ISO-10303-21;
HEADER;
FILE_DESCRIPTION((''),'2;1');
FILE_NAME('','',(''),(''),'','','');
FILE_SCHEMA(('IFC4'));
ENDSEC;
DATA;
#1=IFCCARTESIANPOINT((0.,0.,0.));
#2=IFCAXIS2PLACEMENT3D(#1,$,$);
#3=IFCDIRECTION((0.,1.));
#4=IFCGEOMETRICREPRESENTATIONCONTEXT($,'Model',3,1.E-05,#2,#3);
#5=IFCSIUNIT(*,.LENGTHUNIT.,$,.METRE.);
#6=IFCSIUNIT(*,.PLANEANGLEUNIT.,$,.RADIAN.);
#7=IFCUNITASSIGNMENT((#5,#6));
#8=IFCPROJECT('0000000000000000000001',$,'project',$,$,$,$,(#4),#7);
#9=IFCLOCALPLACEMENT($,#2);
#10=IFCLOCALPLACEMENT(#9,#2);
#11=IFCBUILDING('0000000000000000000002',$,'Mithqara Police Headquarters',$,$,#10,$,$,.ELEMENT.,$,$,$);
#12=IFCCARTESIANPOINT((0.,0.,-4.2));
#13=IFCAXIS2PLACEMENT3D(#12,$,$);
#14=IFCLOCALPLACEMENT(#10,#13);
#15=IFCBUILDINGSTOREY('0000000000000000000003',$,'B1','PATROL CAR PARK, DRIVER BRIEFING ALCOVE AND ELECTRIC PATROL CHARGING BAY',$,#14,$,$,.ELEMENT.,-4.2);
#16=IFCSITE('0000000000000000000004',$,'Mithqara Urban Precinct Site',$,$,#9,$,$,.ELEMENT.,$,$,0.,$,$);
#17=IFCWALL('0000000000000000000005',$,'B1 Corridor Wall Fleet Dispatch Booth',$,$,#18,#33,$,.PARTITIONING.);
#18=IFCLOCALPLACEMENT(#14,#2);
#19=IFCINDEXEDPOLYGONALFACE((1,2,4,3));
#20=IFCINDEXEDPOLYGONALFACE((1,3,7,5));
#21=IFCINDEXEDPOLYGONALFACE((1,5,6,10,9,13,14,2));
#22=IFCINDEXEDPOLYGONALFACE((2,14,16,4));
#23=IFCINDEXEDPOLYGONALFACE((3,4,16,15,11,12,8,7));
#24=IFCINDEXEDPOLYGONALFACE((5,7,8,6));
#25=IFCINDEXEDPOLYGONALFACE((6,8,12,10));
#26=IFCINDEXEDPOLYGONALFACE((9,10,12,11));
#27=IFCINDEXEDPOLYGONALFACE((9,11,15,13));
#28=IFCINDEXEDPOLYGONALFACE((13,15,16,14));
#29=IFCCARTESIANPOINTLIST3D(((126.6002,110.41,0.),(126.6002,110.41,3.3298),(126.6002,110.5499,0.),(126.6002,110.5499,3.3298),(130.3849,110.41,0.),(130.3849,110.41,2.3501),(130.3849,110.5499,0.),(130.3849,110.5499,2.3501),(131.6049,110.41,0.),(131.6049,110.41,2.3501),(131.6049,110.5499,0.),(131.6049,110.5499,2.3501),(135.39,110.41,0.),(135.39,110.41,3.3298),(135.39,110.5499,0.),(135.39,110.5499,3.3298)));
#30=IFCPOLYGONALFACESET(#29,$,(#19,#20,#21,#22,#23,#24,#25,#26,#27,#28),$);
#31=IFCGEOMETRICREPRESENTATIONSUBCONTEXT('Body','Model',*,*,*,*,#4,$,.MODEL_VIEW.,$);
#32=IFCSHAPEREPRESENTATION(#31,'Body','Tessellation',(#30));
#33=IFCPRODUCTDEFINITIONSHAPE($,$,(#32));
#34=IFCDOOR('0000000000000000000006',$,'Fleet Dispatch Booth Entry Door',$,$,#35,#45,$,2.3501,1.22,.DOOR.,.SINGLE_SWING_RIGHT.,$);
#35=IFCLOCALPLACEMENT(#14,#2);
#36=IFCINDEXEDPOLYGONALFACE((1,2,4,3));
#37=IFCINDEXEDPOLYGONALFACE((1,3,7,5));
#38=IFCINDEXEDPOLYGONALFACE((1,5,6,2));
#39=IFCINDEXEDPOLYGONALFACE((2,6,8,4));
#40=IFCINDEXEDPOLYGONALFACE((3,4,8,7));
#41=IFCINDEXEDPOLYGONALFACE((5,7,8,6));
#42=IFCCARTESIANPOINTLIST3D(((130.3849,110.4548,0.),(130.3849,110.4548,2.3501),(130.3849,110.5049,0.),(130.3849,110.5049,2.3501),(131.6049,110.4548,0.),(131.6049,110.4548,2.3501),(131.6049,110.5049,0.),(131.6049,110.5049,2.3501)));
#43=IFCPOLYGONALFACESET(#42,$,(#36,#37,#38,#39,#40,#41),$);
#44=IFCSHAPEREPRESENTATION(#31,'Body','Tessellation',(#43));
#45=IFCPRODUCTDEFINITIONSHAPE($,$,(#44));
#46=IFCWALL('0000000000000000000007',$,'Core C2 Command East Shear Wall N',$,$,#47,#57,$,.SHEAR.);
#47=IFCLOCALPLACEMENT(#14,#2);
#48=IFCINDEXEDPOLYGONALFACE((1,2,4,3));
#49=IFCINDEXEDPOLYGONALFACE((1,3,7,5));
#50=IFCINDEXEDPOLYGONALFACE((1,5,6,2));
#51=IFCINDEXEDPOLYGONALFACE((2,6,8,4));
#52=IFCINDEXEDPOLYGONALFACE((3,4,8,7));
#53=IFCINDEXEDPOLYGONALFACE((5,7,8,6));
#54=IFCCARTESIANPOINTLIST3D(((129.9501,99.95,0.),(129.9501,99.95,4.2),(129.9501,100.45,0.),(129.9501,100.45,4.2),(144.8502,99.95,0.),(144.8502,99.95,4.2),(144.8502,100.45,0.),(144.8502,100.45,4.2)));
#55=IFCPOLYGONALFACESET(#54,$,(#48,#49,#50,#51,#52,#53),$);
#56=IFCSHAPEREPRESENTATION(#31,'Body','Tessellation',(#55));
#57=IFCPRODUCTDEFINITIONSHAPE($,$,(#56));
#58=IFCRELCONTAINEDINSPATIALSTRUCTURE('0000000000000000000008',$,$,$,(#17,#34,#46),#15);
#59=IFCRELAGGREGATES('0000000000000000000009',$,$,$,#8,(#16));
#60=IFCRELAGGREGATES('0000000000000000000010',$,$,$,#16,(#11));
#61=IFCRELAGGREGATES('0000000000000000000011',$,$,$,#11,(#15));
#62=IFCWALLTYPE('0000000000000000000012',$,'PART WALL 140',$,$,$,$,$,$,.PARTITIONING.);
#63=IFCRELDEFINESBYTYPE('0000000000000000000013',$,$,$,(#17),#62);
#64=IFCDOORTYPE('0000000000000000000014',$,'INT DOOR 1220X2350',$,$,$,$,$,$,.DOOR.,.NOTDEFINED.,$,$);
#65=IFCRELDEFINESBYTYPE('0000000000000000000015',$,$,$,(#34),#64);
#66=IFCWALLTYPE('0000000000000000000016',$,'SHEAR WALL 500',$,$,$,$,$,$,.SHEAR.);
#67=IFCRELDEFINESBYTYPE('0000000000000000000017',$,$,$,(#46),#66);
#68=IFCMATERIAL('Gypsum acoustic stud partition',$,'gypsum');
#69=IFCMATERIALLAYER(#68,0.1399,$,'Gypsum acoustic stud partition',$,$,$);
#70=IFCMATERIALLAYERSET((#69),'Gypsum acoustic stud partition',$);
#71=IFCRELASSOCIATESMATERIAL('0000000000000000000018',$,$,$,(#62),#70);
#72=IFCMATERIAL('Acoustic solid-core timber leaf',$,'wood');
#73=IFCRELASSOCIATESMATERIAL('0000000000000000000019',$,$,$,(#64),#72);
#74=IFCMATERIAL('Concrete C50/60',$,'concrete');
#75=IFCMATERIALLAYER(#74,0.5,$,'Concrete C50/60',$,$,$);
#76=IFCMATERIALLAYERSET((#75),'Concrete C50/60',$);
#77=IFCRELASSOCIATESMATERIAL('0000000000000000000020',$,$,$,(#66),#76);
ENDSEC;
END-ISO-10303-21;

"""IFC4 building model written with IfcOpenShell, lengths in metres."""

from ifc_helpers import new_model, si_unit, direction, frame, frame_2d, origin, place, context, subcontext, project, spatial, rectangle, extrude, material, layer, layer_set, type_object, element, fill, save


model = new_model("IFC4")

# Units and contexts
model_context = context("Model", 3, precision=1e-05, world=origin(), true_north=direction((0.0, 1.0)))
body_context = subcontext(model_context, "Body", "Model", "MODEL_VIEW")
ifc_project = project(units=[si_unit("LENGTHUNIT", "METRE"), si_unit("PLANEANGLEUNIT", "RADIAN")], contexts=[model_context])

# Site, building, storey
site_placement = place(None, origin())
site = spatial("IfcSite", under=ifc_project, at=site_placement, Name="Mithqara Urban Precinct Site", CompositionType="ELEMENT", RefElevation=0.0)
building_placement = place(site_placement, origin())
building = spatial("IfcBuilding", under=site, at=building_placement, Name="Mithqara Police Headquarters", CompositionType="ELEMENT")
storey_placement = place(building_placement, frame((0.0, 0.0, -4.2)))
storey = spatial("IfcBuildingStorey", under=building, at=storey_placement, Name="B1", Description="PATROL CAR PARK, DRIVER BRIEFING ALCOVE AND ELECTRIC PATROL CHARGING BAY", CompositionType="ELEMENT", Elevation=-4.2)

# Shared definitions
ifc_material_1 = material(Name="Concrete C50/60", Category="concrete")

# Shared definitions
ifc_material_2 = material(Name="Gypsum acoustic stud partition", Category="gypsum")
ifc_layer_1 = layer(ifc_material_2, 0.1399, Name="Gypsum acoustic stud partition")
ifc_layer_set_1 = layer_set([ifc_layer_1], Name="Gypsum acoustic stud partition")
wall_type_1 = type_object("IfcWallType", Name="PART WALL 140", PredefinedType="PARTITIONING", material=ifc_layer_set_1)

# Shared definitions
ifc_material_3 = material(Name="Acoustic solid-core timber leaf", Category="wood")

# Wall, opening, door
wall_1_placement = place(storey_placement, frame((126.6001, 110.48, 0.0), z_axis=(0.0, 0.0, 1.0), x_axis=(1.0, 0.0, 0.0)))
wall_1 = element("IfcWall", 1, at=wall_1_placement, inside=storey, type_object=wall_type_1, Name="B1 Corridor Wall Fleet Dispatch Booth", PredefinedType="PARTITIONING", context=body_context, shape_type="SweptSolid", body=[
    extrude(rectangle(XDim=8.7898, YDim=0.1399, at=frame_2d((4.395, 0.0))), origin(), (0.0, 0.0, 1.0), 3.3298),
])
opening_1_placement = place(wall_1_placement, frame((3.7849, 0.0, 0.0)))
opening_1 = element("IfcOpeningElement", 2, at=opening_1_placement, cuts=wall_1, PredefinedType="OPENING", context=body_context, shape_type="SweptSolid", body=[
    extrude(rectangle(XDim=1.22, YDim=2.3501, at=frame_2d((0.6099, 1.175))), frame((0.0, 0.0801, 0.0), z_axis=(0.0, -1.0, 0.0), x_axis=(1.0, 0.0, 0.0)), (0.0, 0.0, 1.0), 0.1599),
])
door_type_1 = type_object("IfcDoorType", Name="INT DOOR 1220X2350", OperationType="NOTDEFINED", PredefinedType="DOOR", material=ifc_material_3)
door_1_placement = place(opening_1_placement, origin())
door_1 = element("IfcDoor", 3, at=door_1_placement, inside=storey, type_object=door_type_1, Name="Fleet Dispatch Booth Entry Door", OperationType="SINGLE_SWING_RIGHT", OverallHeight=2.3501, OverallWidth=1.22, PredefinedType="DOOR", context=body_context, shape_type="SweptSolid", body=[
    extrude(rectangle(XDim=1.22, YDim=2.3501, at=frame_2d((0.6099, 1.175))), frame((0.0, 0.0249, 0.0), z_axis=(0.0, -1.0, 0.0), x_axis=(1.0, 0.0, 0.0)), (0.0, 0.0, 1.0), 0.05),
])
fill(opening_1, door_1)

# Wall
ifc_layer_2 = layer(ifc_material_1, 0.5, Name="Concrete C50/60")
ifc_layer_set_2 = layer_set([ifc_layer_2], Name="Concrete C50/60")
wall_type_2 = type_object("IfcWallType", Name="SHEAR WALL 500", PredefinedType="SHEAR", material=ifc_layer_set_2)
wall_2_placement = place(storey_placement, frame((129.95, 100.2, 0.0), z_axis=(0.0, 0.0, 1.0), x_axis=(1.0, 0.0, 0.0)))
element("IfcWall", 4, at=wall_2_placement, inside=storey, type_object=wall_type_2, Name="Core C2 Command East Shear Wall N", PredefinedType="SHEAR", context=body_context, shape_type="SweptSolid", body=[
    extrude(rectangle(XDim=14.9001, YDim=0.5, at=frame_2d((7.4502, 0.0))), origin(), (0.0, 0.0, 1.0), 4.2),
])

save(model, "model.ifc")
